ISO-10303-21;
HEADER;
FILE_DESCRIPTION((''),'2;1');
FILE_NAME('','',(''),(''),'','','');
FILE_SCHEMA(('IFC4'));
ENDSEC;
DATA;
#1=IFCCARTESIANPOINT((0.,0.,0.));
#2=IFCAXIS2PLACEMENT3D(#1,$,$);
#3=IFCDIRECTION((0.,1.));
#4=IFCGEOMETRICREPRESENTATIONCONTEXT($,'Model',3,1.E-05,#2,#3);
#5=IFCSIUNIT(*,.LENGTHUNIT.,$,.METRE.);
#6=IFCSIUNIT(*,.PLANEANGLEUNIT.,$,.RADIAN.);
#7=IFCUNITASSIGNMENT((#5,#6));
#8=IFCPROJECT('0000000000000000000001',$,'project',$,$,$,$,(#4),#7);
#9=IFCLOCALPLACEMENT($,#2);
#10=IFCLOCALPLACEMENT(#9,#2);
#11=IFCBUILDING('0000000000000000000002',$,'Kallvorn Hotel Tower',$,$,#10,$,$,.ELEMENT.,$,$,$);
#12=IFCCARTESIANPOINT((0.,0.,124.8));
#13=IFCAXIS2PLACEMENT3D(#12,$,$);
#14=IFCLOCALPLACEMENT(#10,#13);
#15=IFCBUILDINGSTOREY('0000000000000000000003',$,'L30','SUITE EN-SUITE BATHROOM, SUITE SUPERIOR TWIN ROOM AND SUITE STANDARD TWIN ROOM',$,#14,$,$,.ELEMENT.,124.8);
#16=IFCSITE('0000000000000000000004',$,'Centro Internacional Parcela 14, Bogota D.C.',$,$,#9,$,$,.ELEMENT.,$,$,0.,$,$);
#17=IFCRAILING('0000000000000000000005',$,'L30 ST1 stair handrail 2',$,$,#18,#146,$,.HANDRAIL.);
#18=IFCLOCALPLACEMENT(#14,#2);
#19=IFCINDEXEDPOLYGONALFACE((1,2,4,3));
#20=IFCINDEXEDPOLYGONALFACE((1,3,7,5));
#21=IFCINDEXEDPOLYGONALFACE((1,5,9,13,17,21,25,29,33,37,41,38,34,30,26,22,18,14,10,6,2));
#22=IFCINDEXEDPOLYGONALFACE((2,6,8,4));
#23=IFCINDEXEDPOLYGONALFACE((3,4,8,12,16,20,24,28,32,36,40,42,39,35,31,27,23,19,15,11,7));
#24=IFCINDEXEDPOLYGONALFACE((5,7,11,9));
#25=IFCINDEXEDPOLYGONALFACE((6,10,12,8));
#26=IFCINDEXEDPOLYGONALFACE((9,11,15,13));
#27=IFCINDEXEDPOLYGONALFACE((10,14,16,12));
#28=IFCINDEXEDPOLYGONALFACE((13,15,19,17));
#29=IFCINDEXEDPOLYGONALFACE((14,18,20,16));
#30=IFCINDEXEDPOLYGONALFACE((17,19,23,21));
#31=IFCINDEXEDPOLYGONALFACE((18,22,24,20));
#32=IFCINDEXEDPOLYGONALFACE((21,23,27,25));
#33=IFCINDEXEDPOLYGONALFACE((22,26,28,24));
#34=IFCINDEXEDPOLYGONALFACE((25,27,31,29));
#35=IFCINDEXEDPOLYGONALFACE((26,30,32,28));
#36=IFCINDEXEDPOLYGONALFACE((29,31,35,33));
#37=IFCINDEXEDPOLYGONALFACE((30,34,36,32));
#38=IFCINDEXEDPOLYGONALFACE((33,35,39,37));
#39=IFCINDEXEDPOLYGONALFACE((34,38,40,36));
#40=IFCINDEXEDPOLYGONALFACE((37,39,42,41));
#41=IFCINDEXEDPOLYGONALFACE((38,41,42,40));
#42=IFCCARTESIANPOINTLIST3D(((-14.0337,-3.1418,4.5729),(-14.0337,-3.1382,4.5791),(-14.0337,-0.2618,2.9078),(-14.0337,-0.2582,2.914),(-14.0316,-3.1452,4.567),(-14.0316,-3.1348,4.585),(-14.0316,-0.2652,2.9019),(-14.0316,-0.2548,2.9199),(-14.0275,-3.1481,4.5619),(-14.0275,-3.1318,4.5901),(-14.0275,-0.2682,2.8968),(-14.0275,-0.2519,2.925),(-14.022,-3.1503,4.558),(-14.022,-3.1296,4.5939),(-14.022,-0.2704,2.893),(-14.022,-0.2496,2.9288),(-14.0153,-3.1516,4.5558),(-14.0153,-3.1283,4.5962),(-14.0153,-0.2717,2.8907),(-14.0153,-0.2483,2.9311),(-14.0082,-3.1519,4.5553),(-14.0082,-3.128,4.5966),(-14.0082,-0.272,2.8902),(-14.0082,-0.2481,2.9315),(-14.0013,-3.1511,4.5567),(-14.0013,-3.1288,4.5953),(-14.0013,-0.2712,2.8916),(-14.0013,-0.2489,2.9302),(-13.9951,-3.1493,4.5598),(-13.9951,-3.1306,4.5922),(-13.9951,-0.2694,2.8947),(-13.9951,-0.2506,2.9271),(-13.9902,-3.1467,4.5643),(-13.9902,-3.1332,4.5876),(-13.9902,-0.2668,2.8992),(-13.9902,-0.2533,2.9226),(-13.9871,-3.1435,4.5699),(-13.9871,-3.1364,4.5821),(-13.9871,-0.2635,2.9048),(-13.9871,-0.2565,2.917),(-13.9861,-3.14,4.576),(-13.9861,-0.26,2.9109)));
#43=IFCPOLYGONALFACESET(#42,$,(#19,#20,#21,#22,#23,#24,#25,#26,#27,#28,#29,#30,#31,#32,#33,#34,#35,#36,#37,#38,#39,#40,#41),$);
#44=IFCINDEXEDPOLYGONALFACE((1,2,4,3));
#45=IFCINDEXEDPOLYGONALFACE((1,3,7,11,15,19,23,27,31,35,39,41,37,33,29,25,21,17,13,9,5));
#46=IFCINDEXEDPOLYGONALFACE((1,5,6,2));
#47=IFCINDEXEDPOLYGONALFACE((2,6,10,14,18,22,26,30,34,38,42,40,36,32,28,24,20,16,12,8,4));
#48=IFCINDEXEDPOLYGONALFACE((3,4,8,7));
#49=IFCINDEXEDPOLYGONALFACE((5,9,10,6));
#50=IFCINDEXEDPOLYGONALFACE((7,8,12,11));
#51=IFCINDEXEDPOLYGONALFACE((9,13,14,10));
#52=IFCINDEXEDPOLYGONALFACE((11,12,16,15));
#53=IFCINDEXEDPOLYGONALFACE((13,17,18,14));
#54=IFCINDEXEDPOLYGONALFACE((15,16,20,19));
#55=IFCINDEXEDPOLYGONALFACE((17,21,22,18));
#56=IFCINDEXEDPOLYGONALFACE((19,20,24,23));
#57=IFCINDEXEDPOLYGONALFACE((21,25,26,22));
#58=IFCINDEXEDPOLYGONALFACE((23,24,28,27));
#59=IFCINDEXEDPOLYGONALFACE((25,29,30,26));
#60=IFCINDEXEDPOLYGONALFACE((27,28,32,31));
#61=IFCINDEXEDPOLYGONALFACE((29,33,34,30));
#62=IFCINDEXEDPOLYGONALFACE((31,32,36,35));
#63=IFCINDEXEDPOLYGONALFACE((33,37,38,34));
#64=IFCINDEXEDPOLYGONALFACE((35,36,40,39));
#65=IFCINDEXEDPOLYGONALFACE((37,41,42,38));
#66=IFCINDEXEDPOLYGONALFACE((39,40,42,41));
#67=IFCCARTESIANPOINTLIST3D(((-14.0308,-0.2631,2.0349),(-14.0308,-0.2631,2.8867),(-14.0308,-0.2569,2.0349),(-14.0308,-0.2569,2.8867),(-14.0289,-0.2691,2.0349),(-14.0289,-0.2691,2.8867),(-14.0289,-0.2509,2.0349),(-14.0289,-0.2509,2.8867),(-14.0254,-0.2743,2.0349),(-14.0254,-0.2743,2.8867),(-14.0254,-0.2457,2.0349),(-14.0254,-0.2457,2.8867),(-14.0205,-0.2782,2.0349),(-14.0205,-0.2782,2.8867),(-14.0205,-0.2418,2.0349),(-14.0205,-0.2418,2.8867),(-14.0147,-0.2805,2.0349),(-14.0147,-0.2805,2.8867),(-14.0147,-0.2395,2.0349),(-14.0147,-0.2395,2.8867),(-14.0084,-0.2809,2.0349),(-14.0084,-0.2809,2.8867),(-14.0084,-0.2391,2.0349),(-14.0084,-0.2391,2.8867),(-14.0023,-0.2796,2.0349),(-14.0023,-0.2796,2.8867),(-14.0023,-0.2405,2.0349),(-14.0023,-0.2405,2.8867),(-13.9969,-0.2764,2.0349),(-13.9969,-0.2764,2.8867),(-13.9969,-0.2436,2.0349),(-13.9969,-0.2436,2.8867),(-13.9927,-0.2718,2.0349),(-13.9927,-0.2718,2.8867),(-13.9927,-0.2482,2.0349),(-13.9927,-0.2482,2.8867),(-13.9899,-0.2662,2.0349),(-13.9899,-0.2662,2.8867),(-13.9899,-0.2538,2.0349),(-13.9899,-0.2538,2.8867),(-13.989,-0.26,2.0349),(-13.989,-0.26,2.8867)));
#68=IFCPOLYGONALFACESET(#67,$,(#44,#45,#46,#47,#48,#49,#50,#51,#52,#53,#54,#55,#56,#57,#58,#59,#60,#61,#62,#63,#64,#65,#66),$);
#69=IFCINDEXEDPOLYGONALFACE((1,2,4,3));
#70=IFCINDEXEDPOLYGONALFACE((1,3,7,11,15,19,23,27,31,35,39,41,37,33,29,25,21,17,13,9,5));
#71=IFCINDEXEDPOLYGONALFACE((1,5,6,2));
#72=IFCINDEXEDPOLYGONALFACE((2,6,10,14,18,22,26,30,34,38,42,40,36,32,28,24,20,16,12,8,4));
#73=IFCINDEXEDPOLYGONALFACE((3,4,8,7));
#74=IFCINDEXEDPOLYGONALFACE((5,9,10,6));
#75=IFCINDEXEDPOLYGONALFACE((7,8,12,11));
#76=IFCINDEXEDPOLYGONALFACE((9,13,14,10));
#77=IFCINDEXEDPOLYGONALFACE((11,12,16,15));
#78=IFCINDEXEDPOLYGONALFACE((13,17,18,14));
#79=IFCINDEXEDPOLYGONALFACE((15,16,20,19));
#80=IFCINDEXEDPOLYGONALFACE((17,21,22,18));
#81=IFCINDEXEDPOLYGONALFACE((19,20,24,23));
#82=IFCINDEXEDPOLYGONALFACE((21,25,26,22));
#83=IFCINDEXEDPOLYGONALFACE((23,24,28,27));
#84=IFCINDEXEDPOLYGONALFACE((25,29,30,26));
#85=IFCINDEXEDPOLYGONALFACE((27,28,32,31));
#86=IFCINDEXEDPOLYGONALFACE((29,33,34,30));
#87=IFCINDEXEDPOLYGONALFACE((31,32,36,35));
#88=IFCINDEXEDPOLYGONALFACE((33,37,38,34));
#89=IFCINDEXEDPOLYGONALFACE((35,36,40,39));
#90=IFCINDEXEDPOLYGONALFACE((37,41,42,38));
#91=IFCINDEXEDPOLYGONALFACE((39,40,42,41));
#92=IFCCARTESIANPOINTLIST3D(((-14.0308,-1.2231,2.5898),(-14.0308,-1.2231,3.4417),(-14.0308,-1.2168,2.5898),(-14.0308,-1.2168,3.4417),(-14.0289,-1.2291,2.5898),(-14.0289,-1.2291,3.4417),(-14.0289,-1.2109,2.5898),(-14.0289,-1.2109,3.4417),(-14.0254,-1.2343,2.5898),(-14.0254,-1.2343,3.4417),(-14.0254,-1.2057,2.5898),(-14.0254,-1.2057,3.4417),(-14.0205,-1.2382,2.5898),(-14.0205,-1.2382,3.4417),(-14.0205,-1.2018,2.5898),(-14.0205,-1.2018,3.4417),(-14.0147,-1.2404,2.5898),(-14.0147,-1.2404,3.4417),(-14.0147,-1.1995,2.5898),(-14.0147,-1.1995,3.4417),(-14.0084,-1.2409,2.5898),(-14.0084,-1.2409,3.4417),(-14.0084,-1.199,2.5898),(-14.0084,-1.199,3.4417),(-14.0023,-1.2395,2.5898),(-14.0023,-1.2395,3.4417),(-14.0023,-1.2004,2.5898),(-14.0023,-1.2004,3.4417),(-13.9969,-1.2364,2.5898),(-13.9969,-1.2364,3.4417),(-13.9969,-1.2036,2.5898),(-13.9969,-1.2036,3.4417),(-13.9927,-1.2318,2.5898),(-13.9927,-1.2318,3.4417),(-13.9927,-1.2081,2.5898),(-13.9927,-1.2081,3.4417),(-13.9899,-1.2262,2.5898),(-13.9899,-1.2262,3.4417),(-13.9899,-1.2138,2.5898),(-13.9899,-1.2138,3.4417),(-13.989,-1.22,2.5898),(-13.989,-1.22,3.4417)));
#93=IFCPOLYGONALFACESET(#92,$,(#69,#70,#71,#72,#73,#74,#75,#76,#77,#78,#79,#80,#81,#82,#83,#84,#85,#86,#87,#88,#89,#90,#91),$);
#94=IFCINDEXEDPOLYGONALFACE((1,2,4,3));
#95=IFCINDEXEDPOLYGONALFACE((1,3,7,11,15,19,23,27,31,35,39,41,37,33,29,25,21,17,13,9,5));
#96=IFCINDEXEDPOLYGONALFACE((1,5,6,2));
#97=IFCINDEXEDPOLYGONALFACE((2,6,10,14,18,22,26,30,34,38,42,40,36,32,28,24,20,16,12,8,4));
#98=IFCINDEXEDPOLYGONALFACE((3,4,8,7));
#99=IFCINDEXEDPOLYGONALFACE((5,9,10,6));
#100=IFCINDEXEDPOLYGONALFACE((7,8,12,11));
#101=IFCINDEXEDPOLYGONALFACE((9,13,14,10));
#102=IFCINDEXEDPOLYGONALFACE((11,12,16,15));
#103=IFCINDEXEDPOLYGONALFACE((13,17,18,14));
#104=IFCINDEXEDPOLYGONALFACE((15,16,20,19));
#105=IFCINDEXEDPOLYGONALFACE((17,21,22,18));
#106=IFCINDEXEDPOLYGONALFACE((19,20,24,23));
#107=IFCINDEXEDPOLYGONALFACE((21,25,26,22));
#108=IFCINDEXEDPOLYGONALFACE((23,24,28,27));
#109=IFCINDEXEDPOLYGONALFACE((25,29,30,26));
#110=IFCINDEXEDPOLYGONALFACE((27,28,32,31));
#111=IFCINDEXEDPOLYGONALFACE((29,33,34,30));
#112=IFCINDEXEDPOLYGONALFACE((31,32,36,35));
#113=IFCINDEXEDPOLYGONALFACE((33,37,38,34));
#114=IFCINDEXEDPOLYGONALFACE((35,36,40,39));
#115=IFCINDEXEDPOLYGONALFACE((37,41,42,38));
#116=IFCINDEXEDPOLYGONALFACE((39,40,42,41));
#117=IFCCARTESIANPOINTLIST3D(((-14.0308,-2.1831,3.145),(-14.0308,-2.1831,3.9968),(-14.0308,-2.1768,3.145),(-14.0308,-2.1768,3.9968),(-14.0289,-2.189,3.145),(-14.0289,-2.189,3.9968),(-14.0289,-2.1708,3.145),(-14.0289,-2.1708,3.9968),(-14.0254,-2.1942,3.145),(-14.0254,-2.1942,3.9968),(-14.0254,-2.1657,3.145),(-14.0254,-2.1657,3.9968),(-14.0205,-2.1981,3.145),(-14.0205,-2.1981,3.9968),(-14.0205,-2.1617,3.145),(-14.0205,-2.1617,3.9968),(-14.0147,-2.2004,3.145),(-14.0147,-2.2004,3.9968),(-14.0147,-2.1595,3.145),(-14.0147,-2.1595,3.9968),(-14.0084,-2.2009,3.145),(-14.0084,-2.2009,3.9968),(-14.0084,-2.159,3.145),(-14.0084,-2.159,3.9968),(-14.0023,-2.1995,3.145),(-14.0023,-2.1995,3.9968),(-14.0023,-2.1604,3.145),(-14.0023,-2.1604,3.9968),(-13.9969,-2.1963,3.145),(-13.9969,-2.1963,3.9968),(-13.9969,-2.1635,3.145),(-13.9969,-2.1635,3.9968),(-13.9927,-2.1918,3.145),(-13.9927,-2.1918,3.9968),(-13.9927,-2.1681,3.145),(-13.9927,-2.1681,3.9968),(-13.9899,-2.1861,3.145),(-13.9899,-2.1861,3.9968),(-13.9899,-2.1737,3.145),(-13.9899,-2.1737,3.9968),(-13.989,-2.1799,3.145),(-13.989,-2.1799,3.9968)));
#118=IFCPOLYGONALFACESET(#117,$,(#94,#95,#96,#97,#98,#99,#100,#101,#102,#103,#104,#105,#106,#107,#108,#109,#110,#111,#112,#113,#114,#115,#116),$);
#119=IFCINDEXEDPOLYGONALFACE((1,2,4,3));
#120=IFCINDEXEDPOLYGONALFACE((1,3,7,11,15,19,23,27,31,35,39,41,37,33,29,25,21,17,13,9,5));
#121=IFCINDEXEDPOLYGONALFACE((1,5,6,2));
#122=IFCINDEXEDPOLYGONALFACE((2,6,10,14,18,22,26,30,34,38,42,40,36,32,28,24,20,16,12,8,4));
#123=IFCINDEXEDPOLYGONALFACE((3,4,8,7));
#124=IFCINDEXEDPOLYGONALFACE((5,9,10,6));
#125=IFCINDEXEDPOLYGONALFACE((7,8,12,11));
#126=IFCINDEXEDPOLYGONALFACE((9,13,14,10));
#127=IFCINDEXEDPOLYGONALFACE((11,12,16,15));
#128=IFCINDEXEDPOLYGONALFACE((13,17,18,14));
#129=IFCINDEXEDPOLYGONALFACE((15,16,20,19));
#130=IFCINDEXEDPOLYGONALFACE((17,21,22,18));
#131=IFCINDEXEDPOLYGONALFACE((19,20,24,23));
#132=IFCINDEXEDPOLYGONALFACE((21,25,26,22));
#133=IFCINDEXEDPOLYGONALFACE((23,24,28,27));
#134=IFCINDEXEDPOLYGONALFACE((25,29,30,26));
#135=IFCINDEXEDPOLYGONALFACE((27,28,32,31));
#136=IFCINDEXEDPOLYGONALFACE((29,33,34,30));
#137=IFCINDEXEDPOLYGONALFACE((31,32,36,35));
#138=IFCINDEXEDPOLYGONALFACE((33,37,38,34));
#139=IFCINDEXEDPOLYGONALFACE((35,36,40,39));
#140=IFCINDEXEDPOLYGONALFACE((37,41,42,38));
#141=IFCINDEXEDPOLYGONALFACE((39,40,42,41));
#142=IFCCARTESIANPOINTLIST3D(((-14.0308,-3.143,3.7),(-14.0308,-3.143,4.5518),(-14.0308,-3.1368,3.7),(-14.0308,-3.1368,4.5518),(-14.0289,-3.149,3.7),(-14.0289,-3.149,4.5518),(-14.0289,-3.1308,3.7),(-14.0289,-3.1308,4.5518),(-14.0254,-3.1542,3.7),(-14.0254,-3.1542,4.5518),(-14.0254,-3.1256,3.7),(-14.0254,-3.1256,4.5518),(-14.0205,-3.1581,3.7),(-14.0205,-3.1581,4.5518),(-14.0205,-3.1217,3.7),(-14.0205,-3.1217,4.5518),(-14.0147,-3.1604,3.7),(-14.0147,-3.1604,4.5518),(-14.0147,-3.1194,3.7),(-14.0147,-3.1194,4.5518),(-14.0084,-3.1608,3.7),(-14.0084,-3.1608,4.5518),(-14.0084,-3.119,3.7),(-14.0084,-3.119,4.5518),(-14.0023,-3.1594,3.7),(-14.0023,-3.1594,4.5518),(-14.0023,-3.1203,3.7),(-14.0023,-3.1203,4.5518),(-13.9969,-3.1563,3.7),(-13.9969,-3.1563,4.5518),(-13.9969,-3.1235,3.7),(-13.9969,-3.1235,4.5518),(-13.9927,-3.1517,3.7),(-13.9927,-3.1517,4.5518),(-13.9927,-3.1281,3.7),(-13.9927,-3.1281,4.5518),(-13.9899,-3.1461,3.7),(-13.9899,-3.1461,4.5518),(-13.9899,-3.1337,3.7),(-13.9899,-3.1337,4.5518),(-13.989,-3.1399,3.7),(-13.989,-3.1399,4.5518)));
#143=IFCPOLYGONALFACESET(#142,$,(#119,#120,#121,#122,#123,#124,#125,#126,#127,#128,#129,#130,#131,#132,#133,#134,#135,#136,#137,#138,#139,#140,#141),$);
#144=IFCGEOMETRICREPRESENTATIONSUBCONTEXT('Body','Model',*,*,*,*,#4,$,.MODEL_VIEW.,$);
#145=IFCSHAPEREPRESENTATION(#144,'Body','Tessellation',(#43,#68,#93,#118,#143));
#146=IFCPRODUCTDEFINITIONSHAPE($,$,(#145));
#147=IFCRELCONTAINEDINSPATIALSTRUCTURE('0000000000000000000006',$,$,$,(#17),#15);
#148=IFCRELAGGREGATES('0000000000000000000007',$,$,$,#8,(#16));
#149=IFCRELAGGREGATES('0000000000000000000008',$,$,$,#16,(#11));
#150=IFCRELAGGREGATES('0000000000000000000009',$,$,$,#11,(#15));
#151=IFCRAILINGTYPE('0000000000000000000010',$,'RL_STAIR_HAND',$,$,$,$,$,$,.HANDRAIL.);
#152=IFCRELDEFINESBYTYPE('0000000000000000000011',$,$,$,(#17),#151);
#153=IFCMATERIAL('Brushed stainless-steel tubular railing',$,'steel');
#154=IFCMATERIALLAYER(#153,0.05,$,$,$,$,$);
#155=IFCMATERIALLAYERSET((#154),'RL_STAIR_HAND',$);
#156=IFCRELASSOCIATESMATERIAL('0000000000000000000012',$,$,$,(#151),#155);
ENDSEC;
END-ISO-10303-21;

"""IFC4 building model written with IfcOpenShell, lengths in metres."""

from ifc_helpers import new_model, si_unit, direction, frame, origin, origin_2d, place, context, subcontext, project, spatial, circle, extrude, material, layer, layer_set, type_object, element, save


model = new_model("IFC4")

# Units and contexts
model_context = context("Model", 3, precision=1e-05, world=origin(), true_north=direction((0.0, 1.0)))
body_context = subcontext(model_context, "Body", "Model", "MODEL_VIEW")
ifc_project = project(units=[si_unit("LENGTHUNIT", "METRE"), si_unit("PLANEANGLEUNIT", "RADIAN")], contexts=[model_context])

# Site, building, storey
site_placement = place(None, origin())
site = spatial("IfcSite", under=ifc_project, at=site_placement, Name="Centro Internacional Parcela 14, Bogota D.C.", CompositionType="ELEMENT", RefElevation=0.0)
building_placement = place(site_placement, origin())
building = spatial("IfcBuilding", under=site, at=building_placement, Name="Kallvorn Hotel Tower", CompositionType="ELEMENT")
storey_placement = place(building_placement, frame((0.0, 0.0, 124.8)))
storey = spatial("IfcBuildingStorey", under=building, at=storey_placement, Name="L30", Description="SUITE EN-SUITE BATHROOM, SUITE SUPERIOR TWIN ROOM AND SUITE STANDARD TWIN ROOM", CompositionType="ELEMENT", Elevation=124.8)

# Railing
ifc_material_1 = material(Name="Brushed stainless-steel tubular railing", Category="steel")
ifc_layer_1 = layer(ifc_material_1, 0.05)
ifc_layer_set_1 = layer_set([ifc_layer_1], Name="RL_STAIR_HAND")
railing_type_1 = type_object("IfcRailingType", Name="RL_STAIR_HAND", PredefinedType="HANDRAIL", material=ifc_layer_set_1)
railing_1_placement = place(storey_placement, frame((-14.01, -0.26, 2.0349)))
element("IfcRailing", 1, at=railing_1_placement, inside=storey, type_object=railing_type_1, Name="L30 ST1 stair handrail 2", PredefinedType="HANDRAIL", context=body_context, shape_type="SweptSolid", body=[
    extrude(circle(Radius=0.0239, at=origin_2d()), frame((0.0, 0.0, 0.876), z_axis=(0.0, -0.865721, 0.500527), x_axis=(1.0, 0.0, 0.0)), (0.0, 0.0, 1.0), 3.3267),
    extrude(circle(Radius=0.021, at=origin_2d()), origin(), (0.0, 0.0, 1.0), 0.8518),
    extrude(circle(Radius=0.021, at=origin_2d()), frame((0.0, -0.96, 0.5549)), (0.0, 0.0, 1.0), 0.8518),
    extrude(circle(Radius=0.021, at=origin_2d()), frame((0.0, -1.9199, 1.1101)), (0.0, 0.0, 1.0), 0.8518),
    extrude(circle(Radius=0.021, at=origin_2d()), frame((0.0, -2.8799, 1.665)), (0.0, 0.0, 1.0), 0.8518),
])

save(model, "model.ifc")
